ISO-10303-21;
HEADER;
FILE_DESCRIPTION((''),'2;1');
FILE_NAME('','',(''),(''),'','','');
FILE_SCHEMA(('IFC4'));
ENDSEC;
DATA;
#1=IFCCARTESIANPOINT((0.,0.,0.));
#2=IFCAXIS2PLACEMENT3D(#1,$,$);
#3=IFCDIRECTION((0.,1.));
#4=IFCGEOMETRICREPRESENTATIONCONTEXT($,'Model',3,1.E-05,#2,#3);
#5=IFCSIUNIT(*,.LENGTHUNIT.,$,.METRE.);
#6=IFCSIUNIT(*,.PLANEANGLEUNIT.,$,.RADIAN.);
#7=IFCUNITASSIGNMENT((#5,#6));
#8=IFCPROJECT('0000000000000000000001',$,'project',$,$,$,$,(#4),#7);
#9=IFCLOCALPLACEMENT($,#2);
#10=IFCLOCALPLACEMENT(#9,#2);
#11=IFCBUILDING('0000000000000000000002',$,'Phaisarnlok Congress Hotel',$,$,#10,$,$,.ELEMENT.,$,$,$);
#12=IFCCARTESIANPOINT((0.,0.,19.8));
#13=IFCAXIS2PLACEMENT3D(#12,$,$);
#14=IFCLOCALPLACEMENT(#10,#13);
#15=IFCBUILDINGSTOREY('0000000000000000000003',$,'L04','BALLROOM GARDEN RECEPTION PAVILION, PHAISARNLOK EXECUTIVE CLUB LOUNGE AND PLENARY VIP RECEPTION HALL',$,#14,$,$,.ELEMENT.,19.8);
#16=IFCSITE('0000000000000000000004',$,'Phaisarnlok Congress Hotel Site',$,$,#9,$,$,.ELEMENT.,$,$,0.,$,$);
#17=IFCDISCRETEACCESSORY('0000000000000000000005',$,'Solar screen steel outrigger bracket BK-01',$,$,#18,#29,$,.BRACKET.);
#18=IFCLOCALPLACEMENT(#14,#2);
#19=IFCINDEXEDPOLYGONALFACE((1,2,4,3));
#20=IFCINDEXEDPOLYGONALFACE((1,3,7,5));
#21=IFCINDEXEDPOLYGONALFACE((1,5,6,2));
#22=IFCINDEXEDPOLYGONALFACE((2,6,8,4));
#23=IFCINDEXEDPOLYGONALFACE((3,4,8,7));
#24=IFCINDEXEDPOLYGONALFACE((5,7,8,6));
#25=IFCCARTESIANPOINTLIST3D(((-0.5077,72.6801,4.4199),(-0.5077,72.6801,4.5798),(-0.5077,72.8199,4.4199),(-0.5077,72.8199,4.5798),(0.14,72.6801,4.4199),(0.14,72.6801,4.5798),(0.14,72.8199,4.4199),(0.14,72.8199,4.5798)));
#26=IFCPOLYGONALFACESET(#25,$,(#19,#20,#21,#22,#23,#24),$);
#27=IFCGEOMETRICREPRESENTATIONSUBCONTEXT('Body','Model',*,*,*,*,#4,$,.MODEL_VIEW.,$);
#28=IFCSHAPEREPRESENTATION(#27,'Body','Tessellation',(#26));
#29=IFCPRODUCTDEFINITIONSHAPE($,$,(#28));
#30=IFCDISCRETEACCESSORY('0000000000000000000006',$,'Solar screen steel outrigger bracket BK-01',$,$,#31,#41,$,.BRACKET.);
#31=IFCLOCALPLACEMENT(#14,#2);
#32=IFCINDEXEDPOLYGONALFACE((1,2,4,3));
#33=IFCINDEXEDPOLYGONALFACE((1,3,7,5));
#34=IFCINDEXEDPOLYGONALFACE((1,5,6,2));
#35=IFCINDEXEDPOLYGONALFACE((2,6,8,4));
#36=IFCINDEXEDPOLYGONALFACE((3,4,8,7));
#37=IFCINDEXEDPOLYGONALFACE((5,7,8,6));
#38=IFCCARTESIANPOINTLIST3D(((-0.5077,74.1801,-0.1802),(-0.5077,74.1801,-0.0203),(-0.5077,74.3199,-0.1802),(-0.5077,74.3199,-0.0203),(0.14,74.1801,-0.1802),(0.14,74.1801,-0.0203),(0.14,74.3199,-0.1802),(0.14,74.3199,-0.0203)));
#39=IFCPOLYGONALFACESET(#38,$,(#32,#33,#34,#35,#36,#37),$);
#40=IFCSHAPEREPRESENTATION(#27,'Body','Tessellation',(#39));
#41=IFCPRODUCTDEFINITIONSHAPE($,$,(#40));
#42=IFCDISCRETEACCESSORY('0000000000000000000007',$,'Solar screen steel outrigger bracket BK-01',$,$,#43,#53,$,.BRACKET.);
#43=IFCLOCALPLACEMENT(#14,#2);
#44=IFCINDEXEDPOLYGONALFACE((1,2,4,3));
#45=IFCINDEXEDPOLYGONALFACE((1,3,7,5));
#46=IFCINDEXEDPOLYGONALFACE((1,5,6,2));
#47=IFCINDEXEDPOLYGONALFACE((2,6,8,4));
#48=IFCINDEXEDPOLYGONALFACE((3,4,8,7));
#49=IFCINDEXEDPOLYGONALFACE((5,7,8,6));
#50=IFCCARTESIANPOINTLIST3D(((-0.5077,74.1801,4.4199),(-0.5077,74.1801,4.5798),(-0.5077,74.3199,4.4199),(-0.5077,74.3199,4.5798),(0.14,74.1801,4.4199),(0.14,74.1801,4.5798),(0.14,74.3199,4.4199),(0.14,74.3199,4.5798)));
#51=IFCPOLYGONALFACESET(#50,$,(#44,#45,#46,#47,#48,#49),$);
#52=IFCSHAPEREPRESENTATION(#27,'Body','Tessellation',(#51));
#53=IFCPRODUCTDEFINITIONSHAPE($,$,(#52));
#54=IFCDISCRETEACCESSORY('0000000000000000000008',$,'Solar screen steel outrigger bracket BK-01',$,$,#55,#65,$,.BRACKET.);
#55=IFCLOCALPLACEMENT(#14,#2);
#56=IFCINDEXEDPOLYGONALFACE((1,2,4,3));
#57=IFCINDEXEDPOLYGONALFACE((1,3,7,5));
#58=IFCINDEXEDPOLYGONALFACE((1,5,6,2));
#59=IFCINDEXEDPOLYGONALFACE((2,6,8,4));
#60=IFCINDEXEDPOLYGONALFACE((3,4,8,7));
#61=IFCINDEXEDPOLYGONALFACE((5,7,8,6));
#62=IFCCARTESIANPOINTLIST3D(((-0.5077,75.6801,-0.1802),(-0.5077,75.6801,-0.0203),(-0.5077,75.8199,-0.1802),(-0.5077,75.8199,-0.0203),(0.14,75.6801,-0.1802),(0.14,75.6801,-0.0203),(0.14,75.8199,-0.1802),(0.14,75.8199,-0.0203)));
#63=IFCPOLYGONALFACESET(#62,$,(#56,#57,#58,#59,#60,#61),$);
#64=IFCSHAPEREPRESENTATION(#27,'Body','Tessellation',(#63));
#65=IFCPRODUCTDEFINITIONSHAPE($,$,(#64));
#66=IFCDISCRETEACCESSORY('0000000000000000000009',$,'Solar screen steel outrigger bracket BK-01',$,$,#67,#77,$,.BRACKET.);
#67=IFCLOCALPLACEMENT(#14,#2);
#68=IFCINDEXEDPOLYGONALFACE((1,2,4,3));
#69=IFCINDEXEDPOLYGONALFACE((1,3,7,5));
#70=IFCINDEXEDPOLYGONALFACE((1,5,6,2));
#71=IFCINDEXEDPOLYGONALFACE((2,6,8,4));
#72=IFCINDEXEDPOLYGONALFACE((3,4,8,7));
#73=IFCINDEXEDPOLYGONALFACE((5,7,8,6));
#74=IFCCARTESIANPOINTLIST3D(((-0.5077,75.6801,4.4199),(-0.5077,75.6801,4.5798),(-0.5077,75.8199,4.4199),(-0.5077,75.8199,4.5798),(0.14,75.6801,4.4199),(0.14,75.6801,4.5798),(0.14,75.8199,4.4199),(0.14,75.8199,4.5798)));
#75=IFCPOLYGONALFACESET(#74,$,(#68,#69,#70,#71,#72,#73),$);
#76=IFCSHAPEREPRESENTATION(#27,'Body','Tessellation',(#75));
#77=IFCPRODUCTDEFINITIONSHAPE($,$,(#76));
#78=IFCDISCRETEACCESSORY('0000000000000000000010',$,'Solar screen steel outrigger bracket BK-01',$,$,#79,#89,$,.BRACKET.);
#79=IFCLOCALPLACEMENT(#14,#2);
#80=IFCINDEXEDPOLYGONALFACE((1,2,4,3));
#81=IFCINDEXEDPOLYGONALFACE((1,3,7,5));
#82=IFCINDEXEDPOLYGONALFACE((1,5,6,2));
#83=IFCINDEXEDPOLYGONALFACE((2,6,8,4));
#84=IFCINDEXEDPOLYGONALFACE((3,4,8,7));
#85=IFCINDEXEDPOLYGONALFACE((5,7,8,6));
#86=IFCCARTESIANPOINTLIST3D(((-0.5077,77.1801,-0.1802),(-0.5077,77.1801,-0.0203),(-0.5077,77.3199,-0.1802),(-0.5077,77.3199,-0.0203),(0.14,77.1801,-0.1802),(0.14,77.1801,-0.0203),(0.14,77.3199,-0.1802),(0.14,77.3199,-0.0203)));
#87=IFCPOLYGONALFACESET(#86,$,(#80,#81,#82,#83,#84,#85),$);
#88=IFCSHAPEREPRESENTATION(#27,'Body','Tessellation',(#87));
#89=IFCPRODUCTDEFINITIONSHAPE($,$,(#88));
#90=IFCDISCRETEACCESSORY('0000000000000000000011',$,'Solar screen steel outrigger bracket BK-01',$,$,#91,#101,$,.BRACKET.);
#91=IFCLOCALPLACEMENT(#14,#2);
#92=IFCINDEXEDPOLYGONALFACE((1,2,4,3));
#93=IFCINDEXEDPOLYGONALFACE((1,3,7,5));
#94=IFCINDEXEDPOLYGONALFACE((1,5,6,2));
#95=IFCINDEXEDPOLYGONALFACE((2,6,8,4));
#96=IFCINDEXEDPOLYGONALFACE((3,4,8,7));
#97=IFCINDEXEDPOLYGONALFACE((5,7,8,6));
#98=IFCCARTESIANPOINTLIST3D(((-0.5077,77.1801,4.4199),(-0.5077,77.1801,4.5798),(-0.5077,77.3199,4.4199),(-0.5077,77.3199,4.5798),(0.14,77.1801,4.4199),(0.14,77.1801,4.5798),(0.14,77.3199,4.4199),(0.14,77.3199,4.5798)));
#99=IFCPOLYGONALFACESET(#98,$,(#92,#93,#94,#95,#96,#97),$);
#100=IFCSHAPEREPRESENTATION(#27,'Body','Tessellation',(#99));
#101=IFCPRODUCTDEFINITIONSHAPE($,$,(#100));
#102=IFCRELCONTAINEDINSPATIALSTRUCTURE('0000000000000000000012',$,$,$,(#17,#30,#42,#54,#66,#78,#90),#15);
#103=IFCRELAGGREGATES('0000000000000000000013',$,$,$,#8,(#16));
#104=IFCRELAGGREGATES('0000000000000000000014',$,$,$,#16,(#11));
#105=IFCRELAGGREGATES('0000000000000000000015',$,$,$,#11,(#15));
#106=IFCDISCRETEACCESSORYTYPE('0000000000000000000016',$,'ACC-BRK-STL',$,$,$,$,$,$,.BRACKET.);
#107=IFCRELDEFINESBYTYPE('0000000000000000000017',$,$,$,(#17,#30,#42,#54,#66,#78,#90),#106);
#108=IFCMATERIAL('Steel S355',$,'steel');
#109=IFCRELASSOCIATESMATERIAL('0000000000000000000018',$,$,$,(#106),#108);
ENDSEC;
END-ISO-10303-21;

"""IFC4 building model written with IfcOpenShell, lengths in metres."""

from ifc_helpers import new_model, si_unit, direction, frame, origin, origin_2d, place, context, subcontext, project, spatial, rectangle, extrude, material, type_object, element, save


model = new_model("IFC4")

# Units and contexts
model_context = context("Model", 3, precision=1e-05, world=origin(), true_north=direction((0.0, 1.0)))
body_context = subcontext(model_context, "Body", "Model", "MODEL_VIEW")
ifc_project = project(units=[si_unit("LENGTHUNIT", "METRE"), si_unit("PLANEANGLEUNIT", "RADIAN")], contexts=[model_context])

# Site, building, storey
site_placement = place(None, origin())
site = spatial("IfcSite", under=ifc_project, at=site_placement, Name="Phaisarnlok Congress Hotel Site", CompositionType="ELEMENT", RefElevation=0.0)
building_placement = place(site_placement, origin())
building = spatial("IfcBuilding", under=site, at=building_placement, Name="Phaisarnlok Congress Hotel", CompositionType="ELEMENT")
storey_placement = place(building_placement, frame((0.0, 0.0, 19.8)))
storey = spatial("IfcBuildingStorey", under=building, at=storey_placement, Name="L04", Description="BALLROOM GARDEN RECEPTION PAVILION, PHAISARNLOK EXECUTIVE CLUB LOUNGE AND PLENARY VIP RECEPTION HALL", CompositionType="ELEMENT", Elevation=19.8)

# Shared definitions
ifc_material_1 = material(Name="Steel S355", Category="steel")

# Discrete accessories
discrete_accessory_type = type_object("IfcDiscreteAccessoryType", Name="ACC-BRK-STL", PredefinedType="BRACKET", material=ifc_material_1)
for number, where, z_axis, x_axis, name in (
    (1, (-0.1838, 72.75, 4.4199), (0.0, 0.0, 1.0), (1.0, 0.0, 0.0), "Solar screen steel outrigger bracket BK-01"),
    (2, (-0.1838, 74.25, -0.1802), (0.0, 0.0, 1.0), (1.0, 0.0, 0.0), "Solar screen steel outrigger bracket BK-01"),
    (3, (-0.1838, 74.25, 4.4199), (0.0, 0.0, 1.0), (1.0, 0.0, 0.0), "Solar screen steel outrigger bracket BK-01"),
    (4, (-0.1838, 75.75, -0.1802), (0.0, 0.0, 1.0), (1.0, 0.0, 0.0), "Solar screen steel outrigger bracket BK-01"),
    (5, (-0.1838, 75.75, 4.4199), (0.0, 0.0, 1.0), (1.0, 0.0, 0.0), "Solar screen steel outrigger bracket BK-01"),
    (6, (-0.1838, 77.25, -0.1802), (0.0, 0.0, 1.0), (1.0, 0.0, 0.0), "Solar screen steel outrigger bracket BK-01"),
    (7, (-0.1838, 77.25, 4.4199), (0.0, 0.0, 1.0), (1.0, 0.0, 0.0), "Solar screen steel outrigger bracket BK-01"),
):
    element("IfcDiscreteAccessory", number, at=place(storey_placement, frame(where, z_axis=z_axis, x_axis=x_axis)), inside=storey, type_object=discrete_accessory_type, Name=name, PredefinedType="BRACKET", context=body_context, shape_type="SweptSolid", body=[
        extrude(rectangle(XDim=0.6477, YDim=0.1399, at=origin_2d()), origin(), (0.0, 0.0, 1.0), 0.1599),
    ])

save(model, "model.ifc")
